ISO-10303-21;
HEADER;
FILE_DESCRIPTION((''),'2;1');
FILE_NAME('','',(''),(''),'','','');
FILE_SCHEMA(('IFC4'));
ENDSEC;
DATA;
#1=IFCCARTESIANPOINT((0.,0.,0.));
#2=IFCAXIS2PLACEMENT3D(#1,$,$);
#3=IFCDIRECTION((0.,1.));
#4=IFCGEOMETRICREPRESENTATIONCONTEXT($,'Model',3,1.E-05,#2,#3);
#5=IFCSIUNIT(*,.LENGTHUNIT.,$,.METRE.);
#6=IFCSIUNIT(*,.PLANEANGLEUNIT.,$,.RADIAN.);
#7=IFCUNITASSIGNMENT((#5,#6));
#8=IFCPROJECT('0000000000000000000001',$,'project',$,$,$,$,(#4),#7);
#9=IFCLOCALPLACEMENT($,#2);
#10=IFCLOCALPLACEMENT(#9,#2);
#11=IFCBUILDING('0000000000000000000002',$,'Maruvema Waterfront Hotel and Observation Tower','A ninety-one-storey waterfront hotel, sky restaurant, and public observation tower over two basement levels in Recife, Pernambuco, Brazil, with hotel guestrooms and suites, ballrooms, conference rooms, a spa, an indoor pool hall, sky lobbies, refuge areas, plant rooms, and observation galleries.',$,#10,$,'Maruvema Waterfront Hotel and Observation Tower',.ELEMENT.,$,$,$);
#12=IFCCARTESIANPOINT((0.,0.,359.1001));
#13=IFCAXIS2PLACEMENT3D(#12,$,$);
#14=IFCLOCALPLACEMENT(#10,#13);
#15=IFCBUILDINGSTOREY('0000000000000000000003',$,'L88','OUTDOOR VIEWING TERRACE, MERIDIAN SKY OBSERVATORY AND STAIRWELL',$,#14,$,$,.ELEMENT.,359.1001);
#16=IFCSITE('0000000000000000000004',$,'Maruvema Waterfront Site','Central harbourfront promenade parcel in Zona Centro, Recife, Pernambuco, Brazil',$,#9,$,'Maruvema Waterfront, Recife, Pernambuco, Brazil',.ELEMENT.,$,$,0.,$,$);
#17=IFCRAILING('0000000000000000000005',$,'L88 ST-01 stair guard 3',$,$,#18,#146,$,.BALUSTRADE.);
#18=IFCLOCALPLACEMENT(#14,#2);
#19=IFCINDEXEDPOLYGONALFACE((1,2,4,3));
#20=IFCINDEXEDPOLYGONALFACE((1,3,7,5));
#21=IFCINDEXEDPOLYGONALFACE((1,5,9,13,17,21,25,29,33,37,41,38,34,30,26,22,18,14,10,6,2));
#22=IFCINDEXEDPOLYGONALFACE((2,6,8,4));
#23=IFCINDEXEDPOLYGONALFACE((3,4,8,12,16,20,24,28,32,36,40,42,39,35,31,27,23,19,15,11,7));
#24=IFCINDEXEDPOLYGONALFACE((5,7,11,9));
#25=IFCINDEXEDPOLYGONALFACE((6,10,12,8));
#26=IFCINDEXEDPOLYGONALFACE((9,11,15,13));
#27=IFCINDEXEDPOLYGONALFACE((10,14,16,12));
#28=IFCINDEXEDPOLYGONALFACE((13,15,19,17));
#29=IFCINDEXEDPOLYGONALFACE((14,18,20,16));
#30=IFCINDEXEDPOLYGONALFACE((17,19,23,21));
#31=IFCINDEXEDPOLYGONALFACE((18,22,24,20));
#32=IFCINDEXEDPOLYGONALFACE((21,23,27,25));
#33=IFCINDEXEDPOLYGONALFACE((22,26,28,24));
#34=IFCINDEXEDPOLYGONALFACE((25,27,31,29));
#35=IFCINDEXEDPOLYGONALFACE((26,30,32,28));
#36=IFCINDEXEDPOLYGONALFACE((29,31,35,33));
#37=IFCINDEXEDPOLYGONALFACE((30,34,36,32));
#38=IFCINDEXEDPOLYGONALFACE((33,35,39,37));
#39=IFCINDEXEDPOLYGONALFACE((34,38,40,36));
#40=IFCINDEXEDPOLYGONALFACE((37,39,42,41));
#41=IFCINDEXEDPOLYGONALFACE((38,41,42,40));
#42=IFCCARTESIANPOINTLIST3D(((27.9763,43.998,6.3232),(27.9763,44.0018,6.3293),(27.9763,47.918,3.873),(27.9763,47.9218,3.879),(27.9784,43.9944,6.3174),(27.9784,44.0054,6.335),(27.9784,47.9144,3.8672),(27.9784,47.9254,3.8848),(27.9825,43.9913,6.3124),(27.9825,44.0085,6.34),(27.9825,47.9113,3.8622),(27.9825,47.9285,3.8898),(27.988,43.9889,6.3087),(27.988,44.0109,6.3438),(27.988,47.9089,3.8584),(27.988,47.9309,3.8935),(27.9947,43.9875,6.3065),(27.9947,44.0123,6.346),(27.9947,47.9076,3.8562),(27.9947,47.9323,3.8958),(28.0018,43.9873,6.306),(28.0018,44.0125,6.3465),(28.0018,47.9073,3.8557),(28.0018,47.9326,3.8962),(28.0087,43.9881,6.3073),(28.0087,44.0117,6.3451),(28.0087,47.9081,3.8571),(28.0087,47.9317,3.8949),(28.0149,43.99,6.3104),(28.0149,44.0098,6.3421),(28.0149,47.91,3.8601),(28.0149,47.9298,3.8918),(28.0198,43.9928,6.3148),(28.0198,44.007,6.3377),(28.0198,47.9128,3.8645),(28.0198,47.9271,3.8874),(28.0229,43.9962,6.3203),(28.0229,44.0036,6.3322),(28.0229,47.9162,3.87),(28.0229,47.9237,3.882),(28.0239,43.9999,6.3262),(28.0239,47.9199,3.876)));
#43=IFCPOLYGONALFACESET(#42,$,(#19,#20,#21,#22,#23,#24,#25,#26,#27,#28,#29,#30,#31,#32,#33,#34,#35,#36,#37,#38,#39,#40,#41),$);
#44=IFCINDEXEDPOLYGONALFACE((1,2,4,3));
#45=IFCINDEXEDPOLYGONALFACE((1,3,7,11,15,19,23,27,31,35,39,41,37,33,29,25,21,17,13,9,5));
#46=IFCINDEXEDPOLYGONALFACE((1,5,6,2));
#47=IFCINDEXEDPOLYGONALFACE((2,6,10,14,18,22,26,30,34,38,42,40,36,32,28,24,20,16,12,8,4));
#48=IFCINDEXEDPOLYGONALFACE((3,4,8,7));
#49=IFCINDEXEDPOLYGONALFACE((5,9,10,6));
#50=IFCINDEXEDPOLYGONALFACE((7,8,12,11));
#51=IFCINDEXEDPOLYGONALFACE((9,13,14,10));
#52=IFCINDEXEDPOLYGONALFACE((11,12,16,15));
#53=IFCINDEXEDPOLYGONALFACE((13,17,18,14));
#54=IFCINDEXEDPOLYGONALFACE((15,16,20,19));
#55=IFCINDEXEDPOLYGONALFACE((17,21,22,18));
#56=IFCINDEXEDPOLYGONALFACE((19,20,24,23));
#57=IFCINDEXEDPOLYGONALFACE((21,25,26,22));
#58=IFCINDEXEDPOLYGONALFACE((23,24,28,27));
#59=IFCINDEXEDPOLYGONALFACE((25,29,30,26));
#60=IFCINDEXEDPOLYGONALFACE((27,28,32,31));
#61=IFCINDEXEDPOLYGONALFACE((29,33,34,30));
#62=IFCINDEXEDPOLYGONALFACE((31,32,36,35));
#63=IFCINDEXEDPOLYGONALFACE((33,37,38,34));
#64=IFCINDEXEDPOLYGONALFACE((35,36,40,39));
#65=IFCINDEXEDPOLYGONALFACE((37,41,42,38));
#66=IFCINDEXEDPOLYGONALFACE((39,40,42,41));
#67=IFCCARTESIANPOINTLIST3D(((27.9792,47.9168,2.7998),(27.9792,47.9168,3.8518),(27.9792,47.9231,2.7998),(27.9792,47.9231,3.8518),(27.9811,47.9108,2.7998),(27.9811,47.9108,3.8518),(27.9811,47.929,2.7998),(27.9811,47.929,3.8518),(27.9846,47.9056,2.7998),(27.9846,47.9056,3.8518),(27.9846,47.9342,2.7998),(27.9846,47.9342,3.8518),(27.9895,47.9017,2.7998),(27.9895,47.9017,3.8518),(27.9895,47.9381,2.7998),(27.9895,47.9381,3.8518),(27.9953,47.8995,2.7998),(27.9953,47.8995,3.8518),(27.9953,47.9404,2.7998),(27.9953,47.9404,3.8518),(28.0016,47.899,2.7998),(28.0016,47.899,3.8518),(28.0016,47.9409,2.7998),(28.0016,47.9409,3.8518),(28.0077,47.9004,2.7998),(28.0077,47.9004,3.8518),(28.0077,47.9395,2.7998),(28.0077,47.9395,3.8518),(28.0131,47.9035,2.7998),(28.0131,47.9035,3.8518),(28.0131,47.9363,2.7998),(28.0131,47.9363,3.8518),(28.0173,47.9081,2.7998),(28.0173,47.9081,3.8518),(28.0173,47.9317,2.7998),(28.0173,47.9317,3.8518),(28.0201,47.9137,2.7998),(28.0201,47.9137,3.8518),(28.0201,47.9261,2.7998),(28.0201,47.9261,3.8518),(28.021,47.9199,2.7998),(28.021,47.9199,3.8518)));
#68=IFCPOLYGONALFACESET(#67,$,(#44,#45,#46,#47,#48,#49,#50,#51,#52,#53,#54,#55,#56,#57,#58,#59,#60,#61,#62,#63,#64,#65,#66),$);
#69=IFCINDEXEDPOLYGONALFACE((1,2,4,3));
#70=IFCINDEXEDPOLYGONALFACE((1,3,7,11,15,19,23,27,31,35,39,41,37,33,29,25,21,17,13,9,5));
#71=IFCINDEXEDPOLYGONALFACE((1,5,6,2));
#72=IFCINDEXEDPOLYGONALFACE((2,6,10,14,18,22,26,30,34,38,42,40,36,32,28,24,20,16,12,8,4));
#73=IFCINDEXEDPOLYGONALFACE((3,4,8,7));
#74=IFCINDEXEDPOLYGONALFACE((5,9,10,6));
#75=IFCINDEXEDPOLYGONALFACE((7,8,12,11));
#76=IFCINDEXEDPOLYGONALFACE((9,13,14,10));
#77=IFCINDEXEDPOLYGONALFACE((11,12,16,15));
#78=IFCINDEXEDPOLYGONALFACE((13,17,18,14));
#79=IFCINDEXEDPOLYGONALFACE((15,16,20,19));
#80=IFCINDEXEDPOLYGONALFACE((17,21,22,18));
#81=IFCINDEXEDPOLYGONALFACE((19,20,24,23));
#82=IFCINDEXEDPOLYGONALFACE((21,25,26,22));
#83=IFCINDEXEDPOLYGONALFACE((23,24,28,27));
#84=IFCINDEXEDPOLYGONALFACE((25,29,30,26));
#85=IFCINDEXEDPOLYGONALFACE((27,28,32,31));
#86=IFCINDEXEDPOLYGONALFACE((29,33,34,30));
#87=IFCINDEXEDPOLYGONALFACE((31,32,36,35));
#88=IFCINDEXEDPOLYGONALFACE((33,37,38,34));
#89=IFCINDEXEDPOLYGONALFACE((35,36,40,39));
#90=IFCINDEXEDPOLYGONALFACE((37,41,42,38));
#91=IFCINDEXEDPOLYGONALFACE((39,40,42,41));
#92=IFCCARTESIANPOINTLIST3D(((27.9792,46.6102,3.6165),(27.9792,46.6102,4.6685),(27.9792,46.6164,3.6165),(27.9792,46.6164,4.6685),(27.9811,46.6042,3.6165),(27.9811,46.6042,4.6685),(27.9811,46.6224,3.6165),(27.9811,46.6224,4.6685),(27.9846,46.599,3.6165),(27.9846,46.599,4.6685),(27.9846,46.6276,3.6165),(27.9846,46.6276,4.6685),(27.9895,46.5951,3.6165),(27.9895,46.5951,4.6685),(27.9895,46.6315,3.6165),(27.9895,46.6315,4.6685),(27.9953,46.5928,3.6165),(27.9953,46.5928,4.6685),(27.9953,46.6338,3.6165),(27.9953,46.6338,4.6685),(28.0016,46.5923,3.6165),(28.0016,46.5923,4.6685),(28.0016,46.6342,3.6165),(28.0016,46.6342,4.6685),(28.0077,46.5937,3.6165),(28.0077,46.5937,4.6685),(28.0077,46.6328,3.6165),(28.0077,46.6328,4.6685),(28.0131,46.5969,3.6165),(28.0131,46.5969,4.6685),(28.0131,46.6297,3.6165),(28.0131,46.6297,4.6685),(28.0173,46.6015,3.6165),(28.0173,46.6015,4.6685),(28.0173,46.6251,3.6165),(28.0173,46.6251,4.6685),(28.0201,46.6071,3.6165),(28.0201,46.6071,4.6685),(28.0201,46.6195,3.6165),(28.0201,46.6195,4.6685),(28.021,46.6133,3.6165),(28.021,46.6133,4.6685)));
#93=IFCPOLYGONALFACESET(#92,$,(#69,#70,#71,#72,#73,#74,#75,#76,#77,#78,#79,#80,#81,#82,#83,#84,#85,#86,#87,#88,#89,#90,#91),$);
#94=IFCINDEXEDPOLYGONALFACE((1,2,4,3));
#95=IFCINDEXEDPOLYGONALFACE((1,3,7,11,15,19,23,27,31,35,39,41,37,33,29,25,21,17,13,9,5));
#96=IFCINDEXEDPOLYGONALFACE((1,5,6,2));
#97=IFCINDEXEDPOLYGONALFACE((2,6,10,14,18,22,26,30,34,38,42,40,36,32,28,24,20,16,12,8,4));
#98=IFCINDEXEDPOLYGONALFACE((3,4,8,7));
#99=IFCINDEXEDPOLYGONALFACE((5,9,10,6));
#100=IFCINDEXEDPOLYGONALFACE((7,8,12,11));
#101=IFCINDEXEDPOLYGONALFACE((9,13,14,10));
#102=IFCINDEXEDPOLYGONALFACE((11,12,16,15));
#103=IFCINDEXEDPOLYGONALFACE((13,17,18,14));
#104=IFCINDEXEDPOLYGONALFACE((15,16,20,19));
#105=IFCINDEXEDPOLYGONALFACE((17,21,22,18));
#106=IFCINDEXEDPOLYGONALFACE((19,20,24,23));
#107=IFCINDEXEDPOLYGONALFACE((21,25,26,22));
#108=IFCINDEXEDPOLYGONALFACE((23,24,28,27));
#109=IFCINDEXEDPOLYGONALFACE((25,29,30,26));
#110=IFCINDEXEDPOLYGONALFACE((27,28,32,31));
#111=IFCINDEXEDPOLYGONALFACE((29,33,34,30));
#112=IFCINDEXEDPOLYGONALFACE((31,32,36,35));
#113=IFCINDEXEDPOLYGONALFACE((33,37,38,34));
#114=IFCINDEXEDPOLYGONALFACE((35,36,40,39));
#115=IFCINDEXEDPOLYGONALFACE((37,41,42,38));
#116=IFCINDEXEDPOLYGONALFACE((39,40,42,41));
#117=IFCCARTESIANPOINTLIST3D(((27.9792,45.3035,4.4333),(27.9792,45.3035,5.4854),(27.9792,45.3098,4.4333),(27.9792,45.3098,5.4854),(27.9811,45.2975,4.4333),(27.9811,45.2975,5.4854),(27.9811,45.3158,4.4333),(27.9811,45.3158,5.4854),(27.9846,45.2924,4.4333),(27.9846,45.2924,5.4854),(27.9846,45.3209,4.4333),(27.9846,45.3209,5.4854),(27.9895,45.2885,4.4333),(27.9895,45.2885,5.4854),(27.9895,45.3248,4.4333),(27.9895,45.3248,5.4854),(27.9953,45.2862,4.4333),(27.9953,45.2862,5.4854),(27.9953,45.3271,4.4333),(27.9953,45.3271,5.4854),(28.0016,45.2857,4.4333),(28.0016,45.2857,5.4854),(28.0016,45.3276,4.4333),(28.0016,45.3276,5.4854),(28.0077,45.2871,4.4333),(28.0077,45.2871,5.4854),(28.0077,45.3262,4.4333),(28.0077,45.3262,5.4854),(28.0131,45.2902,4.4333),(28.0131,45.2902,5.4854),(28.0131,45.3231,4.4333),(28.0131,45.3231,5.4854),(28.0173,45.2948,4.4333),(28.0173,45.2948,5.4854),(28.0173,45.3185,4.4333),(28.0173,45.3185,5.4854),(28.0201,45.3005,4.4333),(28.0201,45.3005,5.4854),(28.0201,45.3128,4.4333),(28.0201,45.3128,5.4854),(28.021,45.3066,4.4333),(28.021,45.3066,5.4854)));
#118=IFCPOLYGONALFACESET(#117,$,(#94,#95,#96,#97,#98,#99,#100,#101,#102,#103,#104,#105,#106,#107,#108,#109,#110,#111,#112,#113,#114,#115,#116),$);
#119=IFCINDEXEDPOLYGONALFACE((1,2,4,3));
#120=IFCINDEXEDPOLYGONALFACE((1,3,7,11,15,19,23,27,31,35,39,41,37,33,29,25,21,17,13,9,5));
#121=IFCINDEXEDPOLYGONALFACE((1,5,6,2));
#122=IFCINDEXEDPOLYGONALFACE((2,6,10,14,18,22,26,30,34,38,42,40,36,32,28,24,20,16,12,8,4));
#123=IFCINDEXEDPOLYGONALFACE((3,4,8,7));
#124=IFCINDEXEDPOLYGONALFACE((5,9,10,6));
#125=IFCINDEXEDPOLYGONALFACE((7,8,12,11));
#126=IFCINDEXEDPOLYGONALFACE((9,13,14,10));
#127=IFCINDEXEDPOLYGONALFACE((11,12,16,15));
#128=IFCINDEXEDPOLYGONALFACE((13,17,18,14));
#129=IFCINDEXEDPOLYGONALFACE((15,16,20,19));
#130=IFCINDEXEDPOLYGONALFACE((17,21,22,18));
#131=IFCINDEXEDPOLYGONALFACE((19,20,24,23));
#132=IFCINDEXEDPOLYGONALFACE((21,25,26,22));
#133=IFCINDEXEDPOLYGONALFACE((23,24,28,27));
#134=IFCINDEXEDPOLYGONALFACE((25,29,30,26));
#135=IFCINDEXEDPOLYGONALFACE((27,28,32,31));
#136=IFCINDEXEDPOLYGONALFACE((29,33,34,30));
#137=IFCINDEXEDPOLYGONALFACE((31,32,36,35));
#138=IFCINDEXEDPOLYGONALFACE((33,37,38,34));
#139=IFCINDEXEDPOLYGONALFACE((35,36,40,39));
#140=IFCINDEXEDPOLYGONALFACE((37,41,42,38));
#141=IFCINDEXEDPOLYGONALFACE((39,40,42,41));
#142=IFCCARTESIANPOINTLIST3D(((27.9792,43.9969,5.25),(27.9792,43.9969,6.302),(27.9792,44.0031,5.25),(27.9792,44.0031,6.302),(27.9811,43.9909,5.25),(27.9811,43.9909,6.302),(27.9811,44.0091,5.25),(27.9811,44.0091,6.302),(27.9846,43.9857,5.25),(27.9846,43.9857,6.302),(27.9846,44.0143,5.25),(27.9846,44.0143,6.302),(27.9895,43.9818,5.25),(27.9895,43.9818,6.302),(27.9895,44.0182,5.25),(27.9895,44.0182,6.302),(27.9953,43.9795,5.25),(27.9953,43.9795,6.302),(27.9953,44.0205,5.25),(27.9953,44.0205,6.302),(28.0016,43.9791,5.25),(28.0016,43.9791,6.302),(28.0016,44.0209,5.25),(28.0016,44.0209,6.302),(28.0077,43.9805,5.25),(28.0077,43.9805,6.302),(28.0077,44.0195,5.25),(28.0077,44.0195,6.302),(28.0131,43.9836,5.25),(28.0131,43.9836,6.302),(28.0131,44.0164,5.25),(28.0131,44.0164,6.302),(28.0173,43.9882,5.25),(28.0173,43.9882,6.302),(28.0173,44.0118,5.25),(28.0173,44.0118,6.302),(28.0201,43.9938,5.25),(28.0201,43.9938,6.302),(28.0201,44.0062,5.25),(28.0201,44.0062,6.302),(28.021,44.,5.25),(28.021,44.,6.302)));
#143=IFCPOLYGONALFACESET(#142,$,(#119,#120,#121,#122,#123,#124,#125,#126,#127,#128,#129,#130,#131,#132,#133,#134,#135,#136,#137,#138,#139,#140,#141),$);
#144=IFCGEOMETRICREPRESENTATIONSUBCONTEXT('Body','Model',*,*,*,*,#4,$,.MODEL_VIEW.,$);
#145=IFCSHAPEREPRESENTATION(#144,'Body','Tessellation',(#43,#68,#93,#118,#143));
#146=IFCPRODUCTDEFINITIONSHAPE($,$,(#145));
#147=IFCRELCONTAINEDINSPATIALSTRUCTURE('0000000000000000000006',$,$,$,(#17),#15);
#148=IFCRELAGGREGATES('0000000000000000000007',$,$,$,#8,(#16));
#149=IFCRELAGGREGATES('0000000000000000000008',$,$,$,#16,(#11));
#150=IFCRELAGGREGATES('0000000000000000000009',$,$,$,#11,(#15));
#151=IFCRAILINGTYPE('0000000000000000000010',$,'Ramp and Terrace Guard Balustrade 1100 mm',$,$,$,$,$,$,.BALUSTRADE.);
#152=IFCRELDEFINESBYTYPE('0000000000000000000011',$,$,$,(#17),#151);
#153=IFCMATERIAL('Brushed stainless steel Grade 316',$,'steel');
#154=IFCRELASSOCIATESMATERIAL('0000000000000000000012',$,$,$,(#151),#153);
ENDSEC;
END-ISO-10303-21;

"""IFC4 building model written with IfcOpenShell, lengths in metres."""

from ifc_helpers import new_model, si_unit, direction, frame, origin, origin_2d, place, context, subcontext, project, spatial, circle, extrude, material, type_object, element, save


model = new_model("IFC4")

# Units and contexts
model_context = context("Model", 3, precision=1e-05, world=origin(), true_north=direction((0.0, 1.0)))
body_context = subcontext(model_context, "Body", "Model", "MODEL_VIEW")
ifc_project = project(units=[si_unit("LENGTHUNIT", "METRE"), si_unit("PLANEANGLEUNIT", "RADIAN")], contexts=[model_context])

# Site, building, storey
site_placement = place(None, origin())
site = spatial("IfcSite", under=ifc_project, at=site_placement, Name="Maruvema Waterfront Site", Description="Central harbourfront promenade parcel in Zona Centro, Recife, Pernambuco, Brazil", LongName="Maruvema Waterfront, Recife, Pernambuco, Brazil", CompositionType="ELEMENT", RefElevation=0.0)
building_placement = place(site_placement, origin())
building = spatial("IfcBuilding", under=site, at=building_placement, Name="Maruvema Waterfront Hotel and Observation Tower", Description="A ninety-one-storey waterfront hotel, sky restaurant, and public observation tower over two basement levels in Recife, Pernambuco, Brazil, with hotel guestrooms and suites, ballrooms, conference rooms, a spa, an indoor pool hall, sky lobbies, refuge areas, plant rooms, and observation galleries.", LongName="Maruvema Waterfront Hotel and Observation Tower", CompositionType="ELEMENT")
storey_placement = place(building_placement, frame((0.0, 0.0, 359.1001)))
storey = spatial("IfcBuildingStorey", under=building, at=storey_placement, Name="L88", Description="OUTDOOR VIEWING TERRACE, MERIDIAN SKY OBSERVATORY AND STAIRWELL", CompositionType="ELEMENT", Elevation=359.1001)

# Railing
ifc_material_1 = material(Name="Brushed stainless steel Grade 316", Category="steel")
railing_type_1 = type_object("IfcRailingType", Name="Ramp and Terrace Guard Balustrade 1100 mm", PredefinedType="BALUSTRADE", material=ifc_material_1)
railing_1_placement = place(storey_placement, frame((28.0, 47.9199, 2.7998)))
element("IfcRailing", 1, at=railing_1_placement, inside=storey, type_object=railing_type_1, Name="L88 ST-01 stair guard 3", PredefinedType="BALUSTRADE", context=body_context, shape_type="SweptSolid", body=[
    extrude(circle(Radius=0.0239, at=origin_2d()), frame((0.0, 0.0, 1.0762), z_axis=(0.0, -0.847975, 0.530037), x_axis=(1.0, 0.0, 0.0)), (0.0, 0.0, 1.0), 4.6228),
    extrude(circle(Radius=0.021, at=origin_2d()), origin(), (0.0, 0.0, 1.0), 1.052),
    extrude(circle(Radius=0.021, at=origin_2d()), frame((0.0, -1.3066, 0.8167)), (0.0, 0.0, 1.0), 1.052),
    extrude(circle(Radius=0.021, at=origin_2d()), frame((0.0, -2.6133, 1.6335)), (0.0, 0.0, 1.0), 1.052),
    extrude(circle(Radius=0.021, at=origin_2d()), frame((0.0, -3.9199, 2.4502)), (0.0, 0.0, 1.0), 1.052),
])

save(model, "model.ifc")
